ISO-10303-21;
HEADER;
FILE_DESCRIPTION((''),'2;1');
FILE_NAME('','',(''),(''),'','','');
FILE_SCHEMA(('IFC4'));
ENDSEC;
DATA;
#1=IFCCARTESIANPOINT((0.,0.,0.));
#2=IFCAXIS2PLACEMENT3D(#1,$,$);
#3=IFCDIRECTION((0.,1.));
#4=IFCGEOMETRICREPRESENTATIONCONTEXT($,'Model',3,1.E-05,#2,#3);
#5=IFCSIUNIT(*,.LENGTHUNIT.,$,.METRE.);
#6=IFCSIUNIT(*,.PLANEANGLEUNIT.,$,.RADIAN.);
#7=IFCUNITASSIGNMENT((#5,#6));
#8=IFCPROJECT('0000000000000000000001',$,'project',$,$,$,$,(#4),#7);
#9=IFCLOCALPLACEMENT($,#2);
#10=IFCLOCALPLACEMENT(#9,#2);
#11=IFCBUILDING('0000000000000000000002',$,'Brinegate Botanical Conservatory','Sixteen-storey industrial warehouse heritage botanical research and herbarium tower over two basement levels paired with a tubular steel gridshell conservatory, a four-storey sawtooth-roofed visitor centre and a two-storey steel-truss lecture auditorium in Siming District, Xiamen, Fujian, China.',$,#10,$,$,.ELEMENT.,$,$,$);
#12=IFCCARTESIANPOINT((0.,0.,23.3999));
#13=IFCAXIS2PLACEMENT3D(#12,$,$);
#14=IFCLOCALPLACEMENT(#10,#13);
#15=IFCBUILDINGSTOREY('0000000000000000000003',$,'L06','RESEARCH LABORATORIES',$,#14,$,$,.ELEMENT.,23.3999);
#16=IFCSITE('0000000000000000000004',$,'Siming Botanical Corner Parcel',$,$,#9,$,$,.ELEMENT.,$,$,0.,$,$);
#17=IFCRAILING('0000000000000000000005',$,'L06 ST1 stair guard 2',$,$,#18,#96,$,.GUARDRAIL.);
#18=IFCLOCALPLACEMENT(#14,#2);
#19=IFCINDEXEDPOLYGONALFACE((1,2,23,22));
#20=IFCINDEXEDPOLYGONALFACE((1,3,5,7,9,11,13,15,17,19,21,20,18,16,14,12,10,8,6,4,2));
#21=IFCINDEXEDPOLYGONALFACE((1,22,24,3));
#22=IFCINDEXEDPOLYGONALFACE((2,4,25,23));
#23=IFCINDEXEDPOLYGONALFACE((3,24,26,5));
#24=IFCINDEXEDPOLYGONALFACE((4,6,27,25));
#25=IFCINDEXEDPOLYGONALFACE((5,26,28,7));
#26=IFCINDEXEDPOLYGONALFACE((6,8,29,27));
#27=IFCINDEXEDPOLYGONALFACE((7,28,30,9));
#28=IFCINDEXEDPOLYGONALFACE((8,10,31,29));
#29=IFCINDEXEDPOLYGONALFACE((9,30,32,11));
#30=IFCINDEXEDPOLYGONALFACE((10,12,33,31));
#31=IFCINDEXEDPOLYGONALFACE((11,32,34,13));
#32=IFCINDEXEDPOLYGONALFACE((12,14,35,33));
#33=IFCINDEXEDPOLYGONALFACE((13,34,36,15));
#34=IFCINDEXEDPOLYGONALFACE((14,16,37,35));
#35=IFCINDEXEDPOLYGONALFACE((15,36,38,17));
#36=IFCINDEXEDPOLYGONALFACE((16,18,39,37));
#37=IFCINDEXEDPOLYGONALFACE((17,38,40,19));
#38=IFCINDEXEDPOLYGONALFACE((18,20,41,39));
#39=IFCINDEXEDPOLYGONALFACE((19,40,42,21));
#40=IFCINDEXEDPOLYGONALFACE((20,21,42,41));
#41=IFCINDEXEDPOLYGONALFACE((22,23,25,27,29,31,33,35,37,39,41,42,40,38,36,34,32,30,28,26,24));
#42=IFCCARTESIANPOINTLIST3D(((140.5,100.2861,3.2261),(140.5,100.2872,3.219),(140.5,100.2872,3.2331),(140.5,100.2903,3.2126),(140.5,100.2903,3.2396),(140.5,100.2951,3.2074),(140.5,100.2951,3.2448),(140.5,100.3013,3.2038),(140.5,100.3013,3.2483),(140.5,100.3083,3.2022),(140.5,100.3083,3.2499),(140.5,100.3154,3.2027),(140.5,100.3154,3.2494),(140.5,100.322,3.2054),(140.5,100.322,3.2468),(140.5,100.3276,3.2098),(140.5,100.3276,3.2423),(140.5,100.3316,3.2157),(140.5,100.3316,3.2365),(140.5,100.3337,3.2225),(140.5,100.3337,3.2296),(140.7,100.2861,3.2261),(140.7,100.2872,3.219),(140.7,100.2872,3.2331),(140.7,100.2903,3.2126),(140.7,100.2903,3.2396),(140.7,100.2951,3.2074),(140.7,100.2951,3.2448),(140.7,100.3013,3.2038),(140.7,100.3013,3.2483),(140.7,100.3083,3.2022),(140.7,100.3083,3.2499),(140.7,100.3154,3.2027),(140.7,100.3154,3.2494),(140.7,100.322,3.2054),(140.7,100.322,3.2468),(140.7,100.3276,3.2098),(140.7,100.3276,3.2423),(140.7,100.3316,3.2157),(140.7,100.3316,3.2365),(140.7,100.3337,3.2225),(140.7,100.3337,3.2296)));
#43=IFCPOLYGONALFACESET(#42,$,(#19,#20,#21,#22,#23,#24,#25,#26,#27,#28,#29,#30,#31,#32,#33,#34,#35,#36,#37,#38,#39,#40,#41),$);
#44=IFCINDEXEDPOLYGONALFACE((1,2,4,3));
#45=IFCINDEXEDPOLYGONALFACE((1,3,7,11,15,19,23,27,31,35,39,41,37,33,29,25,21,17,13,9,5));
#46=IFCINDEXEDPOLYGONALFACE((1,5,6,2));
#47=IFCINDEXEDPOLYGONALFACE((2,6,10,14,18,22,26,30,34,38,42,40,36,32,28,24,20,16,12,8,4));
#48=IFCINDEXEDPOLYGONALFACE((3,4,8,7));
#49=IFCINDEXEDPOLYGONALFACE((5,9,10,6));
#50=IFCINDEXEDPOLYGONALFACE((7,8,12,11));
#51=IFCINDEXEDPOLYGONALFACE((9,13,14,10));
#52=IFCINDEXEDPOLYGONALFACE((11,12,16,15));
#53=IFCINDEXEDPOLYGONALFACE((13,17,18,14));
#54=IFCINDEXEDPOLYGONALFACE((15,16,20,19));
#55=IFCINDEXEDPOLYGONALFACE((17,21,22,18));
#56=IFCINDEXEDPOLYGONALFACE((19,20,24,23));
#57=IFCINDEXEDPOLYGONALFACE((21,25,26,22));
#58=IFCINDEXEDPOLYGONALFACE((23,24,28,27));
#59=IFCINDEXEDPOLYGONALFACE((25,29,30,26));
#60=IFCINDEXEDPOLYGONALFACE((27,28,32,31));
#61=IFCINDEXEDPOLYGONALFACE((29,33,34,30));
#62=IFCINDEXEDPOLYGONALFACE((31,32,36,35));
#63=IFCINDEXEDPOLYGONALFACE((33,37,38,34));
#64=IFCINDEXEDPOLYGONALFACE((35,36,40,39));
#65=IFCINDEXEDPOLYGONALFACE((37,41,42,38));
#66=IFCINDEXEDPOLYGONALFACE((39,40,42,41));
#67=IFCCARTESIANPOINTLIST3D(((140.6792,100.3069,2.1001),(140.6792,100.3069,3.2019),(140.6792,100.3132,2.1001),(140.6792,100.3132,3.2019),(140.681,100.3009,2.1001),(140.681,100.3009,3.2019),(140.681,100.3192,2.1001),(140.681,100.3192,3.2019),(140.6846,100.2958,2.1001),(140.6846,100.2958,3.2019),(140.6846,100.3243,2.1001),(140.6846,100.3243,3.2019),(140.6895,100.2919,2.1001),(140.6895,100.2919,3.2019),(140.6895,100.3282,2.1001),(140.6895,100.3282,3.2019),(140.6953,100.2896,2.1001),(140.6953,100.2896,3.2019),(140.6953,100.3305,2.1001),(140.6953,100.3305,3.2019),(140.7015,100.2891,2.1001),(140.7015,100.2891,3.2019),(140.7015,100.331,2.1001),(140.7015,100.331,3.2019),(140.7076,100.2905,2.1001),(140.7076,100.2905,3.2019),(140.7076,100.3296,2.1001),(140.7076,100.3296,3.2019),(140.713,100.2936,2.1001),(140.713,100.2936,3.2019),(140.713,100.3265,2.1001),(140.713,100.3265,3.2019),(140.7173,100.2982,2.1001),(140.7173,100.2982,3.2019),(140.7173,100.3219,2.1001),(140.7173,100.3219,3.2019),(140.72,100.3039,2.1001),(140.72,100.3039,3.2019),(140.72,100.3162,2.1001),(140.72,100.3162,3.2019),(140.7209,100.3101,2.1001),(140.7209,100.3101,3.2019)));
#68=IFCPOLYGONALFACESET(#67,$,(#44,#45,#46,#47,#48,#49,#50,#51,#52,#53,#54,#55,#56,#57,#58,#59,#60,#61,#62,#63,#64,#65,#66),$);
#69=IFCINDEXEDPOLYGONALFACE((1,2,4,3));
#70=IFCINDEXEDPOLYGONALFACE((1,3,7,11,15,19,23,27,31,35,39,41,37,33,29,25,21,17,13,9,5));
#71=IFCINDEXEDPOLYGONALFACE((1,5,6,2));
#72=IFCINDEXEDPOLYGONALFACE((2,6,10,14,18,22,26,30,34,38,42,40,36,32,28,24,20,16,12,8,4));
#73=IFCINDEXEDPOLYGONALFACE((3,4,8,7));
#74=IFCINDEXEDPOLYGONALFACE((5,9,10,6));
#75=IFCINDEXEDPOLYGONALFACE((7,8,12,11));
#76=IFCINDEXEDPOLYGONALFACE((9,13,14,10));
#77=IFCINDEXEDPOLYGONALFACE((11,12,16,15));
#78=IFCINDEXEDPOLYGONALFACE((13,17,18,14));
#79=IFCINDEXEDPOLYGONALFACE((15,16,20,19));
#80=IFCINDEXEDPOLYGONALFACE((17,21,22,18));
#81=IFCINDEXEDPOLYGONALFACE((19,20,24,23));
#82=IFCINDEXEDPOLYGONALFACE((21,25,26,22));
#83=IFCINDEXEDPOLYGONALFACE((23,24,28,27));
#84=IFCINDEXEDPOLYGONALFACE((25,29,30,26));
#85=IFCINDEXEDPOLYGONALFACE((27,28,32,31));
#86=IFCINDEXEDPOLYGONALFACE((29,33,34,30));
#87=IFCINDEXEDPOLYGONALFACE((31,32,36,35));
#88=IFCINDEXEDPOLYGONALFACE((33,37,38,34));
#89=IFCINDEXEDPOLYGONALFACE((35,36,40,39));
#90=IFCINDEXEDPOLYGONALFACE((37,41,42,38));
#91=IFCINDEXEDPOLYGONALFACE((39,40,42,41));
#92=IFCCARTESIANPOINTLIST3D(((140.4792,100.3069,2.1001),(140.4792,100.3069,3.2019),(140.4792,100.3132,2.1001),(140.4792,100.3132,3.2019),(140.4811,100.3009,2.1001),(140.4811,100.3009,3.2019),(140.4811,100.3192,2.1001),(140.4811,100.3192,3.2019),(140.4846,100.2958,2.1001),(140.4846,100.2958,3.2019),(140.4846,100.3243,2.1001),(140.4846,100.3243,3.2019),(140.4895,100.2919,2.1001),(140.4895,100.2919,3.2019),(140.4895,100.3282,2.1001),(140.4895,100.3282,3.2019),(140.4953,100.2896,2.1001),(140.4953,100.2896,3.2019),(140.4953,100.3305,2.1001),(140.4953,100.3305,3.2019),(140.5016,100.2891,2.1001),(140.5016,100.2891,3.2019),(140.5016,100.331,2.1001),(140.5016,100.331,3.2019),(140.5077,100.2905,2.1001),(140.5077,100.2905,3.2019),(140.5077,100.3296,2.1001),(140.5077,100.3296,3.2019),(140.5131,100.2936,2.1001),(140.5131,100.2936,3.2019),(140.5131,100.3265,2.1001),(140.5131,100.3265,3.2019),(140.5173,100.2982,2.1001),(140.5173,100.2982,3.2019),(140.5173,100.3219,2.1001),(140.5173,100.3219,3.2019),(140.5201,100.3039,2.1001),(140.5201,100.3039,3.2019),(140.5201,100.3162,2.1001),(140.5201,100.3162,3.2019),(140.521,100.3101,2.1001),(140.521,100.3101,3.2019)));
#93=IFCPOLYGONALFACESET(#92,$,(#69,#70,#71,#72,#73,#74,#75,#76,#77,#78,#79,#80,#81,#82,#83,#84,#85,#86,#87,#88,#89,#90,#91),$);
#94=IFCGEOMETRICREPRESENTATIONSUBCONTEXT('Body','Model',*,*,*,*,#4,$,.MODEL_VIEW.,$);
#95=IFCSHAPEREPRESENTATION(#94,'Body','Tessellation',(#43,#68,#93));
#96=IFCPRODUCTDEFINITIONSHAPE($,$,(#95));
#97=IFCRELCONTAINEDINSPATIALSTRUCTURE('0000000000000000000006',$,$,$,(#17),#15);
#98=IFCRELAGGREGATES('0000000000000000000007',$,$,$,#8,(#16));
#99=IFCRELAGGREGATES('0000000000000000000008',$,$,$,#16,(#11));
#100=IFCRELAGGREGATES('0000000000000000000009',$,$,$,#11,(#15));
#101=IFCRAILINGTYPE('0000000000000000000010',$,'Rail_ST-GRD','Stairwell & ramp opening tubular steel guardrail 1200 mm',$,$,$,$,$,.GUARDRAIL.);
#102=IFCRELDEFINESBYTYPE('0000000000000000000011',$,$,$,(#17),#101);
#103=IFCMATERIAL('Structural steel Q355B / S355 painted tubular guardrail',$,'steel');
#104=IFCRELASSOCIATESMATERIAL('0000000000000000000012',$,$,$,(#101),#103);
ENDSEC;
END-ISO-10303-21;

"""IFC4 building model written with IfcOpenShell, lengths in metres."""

from ifc_helpers import new_model, si_unit, direction, frame, origin, origin_2d, place, context, subcontext, project, spatial, circle, extrude, material, type_object, element, save


model = new_model("IFC4")

# Units and contexts
model_context = context("Model", 3, precision=1e-05, world=origin(), true_north=direction((0.0, 1.0)))
body_context = subcontext(model_context, "Body", "Model", "MODEL_VIEW")
ifc_project = project(units=[si_unit("LENGTHUNIT", "METRE"), si_unit("PLANEANGLEUNIT", "RADIAN")], contexts=[model_context])

# Site, building, storey
site_placement = place(None, origin())
site = spatial("IfcSite", under=ifc_project, at=site_placement, Name="Siming Botanical Corner Parcel", CompositionType="ELEMENT", RefElevation=0.0)
building_placement = place(site_placement, origin())
building = spatial("IfcBuilding", under=site, at=building_placement, Name="Brinegate Botanical Conservatory", Description="Sixteen-storey industrial warehouse heritage botanical research and herbarium tower over two basement levels paired with a tubular steel gridshell conservatory, a four-storey sawtooth-roofed visitor centre and a two-storey steel-truss lecture auditorium in Siming District, Xiamen, Fujian, China.", CompositionType="ELEMENT")
storey_placement = place(building_placement, frame((0.0, 0.0, 23.3999)))
storey = spatial("IfcBuildingStorey", under=building, at=storey_placement, Name="L06", Description="RESEARCH LABORATORIES", CompositionType="ELEMENT", Elevation=23.3999)

# Railing
ifc_material_1 = material(Name="Structural steel Q355B / S355 painted tubular guardrail", Category="steel")
railing_type_1 = type_object("IfcRailingType", Name="Rail_ST-GRD", Description="Stairwell & ramp opening tubular steel guardrail 1200 mm", PredefinedType="GUARDRAIL", material=ifc_material_1)
railing_1_placement = place(storey_placement, frame((140.7, 100.3101, 2.1001)))
element("IfcRailing", 1, at=railing_1_placement, inside=storey, type_object=railing_type_1, Name="L06 ST1 stair guard 2", PredefinedType="GUARDRAIL", context=body_context, shape_type="SweptSolid", body=[
    extrude(circle(Radius=0.0239, at=origin_2d()), frame((0.0, 0.0, 1.126), z_axis=(-1.0, 0.0, 0.0), x_axis=(0.0, -1.0, 0.0)), (0.0, 0.0, 1.0), 0.2),
    extrude(circle(Radius=0.021, at=origin_2d()), origin(), (0.0, 0.0, 1.0), 1.1018),
    extrude(circle(Radius=0.021, at=origin_2d()), frame((-0.2, 0.0, 0.0)), (0.0, 0.0, 1.0), 1.1018),
])

save(model, "model.ifc")
